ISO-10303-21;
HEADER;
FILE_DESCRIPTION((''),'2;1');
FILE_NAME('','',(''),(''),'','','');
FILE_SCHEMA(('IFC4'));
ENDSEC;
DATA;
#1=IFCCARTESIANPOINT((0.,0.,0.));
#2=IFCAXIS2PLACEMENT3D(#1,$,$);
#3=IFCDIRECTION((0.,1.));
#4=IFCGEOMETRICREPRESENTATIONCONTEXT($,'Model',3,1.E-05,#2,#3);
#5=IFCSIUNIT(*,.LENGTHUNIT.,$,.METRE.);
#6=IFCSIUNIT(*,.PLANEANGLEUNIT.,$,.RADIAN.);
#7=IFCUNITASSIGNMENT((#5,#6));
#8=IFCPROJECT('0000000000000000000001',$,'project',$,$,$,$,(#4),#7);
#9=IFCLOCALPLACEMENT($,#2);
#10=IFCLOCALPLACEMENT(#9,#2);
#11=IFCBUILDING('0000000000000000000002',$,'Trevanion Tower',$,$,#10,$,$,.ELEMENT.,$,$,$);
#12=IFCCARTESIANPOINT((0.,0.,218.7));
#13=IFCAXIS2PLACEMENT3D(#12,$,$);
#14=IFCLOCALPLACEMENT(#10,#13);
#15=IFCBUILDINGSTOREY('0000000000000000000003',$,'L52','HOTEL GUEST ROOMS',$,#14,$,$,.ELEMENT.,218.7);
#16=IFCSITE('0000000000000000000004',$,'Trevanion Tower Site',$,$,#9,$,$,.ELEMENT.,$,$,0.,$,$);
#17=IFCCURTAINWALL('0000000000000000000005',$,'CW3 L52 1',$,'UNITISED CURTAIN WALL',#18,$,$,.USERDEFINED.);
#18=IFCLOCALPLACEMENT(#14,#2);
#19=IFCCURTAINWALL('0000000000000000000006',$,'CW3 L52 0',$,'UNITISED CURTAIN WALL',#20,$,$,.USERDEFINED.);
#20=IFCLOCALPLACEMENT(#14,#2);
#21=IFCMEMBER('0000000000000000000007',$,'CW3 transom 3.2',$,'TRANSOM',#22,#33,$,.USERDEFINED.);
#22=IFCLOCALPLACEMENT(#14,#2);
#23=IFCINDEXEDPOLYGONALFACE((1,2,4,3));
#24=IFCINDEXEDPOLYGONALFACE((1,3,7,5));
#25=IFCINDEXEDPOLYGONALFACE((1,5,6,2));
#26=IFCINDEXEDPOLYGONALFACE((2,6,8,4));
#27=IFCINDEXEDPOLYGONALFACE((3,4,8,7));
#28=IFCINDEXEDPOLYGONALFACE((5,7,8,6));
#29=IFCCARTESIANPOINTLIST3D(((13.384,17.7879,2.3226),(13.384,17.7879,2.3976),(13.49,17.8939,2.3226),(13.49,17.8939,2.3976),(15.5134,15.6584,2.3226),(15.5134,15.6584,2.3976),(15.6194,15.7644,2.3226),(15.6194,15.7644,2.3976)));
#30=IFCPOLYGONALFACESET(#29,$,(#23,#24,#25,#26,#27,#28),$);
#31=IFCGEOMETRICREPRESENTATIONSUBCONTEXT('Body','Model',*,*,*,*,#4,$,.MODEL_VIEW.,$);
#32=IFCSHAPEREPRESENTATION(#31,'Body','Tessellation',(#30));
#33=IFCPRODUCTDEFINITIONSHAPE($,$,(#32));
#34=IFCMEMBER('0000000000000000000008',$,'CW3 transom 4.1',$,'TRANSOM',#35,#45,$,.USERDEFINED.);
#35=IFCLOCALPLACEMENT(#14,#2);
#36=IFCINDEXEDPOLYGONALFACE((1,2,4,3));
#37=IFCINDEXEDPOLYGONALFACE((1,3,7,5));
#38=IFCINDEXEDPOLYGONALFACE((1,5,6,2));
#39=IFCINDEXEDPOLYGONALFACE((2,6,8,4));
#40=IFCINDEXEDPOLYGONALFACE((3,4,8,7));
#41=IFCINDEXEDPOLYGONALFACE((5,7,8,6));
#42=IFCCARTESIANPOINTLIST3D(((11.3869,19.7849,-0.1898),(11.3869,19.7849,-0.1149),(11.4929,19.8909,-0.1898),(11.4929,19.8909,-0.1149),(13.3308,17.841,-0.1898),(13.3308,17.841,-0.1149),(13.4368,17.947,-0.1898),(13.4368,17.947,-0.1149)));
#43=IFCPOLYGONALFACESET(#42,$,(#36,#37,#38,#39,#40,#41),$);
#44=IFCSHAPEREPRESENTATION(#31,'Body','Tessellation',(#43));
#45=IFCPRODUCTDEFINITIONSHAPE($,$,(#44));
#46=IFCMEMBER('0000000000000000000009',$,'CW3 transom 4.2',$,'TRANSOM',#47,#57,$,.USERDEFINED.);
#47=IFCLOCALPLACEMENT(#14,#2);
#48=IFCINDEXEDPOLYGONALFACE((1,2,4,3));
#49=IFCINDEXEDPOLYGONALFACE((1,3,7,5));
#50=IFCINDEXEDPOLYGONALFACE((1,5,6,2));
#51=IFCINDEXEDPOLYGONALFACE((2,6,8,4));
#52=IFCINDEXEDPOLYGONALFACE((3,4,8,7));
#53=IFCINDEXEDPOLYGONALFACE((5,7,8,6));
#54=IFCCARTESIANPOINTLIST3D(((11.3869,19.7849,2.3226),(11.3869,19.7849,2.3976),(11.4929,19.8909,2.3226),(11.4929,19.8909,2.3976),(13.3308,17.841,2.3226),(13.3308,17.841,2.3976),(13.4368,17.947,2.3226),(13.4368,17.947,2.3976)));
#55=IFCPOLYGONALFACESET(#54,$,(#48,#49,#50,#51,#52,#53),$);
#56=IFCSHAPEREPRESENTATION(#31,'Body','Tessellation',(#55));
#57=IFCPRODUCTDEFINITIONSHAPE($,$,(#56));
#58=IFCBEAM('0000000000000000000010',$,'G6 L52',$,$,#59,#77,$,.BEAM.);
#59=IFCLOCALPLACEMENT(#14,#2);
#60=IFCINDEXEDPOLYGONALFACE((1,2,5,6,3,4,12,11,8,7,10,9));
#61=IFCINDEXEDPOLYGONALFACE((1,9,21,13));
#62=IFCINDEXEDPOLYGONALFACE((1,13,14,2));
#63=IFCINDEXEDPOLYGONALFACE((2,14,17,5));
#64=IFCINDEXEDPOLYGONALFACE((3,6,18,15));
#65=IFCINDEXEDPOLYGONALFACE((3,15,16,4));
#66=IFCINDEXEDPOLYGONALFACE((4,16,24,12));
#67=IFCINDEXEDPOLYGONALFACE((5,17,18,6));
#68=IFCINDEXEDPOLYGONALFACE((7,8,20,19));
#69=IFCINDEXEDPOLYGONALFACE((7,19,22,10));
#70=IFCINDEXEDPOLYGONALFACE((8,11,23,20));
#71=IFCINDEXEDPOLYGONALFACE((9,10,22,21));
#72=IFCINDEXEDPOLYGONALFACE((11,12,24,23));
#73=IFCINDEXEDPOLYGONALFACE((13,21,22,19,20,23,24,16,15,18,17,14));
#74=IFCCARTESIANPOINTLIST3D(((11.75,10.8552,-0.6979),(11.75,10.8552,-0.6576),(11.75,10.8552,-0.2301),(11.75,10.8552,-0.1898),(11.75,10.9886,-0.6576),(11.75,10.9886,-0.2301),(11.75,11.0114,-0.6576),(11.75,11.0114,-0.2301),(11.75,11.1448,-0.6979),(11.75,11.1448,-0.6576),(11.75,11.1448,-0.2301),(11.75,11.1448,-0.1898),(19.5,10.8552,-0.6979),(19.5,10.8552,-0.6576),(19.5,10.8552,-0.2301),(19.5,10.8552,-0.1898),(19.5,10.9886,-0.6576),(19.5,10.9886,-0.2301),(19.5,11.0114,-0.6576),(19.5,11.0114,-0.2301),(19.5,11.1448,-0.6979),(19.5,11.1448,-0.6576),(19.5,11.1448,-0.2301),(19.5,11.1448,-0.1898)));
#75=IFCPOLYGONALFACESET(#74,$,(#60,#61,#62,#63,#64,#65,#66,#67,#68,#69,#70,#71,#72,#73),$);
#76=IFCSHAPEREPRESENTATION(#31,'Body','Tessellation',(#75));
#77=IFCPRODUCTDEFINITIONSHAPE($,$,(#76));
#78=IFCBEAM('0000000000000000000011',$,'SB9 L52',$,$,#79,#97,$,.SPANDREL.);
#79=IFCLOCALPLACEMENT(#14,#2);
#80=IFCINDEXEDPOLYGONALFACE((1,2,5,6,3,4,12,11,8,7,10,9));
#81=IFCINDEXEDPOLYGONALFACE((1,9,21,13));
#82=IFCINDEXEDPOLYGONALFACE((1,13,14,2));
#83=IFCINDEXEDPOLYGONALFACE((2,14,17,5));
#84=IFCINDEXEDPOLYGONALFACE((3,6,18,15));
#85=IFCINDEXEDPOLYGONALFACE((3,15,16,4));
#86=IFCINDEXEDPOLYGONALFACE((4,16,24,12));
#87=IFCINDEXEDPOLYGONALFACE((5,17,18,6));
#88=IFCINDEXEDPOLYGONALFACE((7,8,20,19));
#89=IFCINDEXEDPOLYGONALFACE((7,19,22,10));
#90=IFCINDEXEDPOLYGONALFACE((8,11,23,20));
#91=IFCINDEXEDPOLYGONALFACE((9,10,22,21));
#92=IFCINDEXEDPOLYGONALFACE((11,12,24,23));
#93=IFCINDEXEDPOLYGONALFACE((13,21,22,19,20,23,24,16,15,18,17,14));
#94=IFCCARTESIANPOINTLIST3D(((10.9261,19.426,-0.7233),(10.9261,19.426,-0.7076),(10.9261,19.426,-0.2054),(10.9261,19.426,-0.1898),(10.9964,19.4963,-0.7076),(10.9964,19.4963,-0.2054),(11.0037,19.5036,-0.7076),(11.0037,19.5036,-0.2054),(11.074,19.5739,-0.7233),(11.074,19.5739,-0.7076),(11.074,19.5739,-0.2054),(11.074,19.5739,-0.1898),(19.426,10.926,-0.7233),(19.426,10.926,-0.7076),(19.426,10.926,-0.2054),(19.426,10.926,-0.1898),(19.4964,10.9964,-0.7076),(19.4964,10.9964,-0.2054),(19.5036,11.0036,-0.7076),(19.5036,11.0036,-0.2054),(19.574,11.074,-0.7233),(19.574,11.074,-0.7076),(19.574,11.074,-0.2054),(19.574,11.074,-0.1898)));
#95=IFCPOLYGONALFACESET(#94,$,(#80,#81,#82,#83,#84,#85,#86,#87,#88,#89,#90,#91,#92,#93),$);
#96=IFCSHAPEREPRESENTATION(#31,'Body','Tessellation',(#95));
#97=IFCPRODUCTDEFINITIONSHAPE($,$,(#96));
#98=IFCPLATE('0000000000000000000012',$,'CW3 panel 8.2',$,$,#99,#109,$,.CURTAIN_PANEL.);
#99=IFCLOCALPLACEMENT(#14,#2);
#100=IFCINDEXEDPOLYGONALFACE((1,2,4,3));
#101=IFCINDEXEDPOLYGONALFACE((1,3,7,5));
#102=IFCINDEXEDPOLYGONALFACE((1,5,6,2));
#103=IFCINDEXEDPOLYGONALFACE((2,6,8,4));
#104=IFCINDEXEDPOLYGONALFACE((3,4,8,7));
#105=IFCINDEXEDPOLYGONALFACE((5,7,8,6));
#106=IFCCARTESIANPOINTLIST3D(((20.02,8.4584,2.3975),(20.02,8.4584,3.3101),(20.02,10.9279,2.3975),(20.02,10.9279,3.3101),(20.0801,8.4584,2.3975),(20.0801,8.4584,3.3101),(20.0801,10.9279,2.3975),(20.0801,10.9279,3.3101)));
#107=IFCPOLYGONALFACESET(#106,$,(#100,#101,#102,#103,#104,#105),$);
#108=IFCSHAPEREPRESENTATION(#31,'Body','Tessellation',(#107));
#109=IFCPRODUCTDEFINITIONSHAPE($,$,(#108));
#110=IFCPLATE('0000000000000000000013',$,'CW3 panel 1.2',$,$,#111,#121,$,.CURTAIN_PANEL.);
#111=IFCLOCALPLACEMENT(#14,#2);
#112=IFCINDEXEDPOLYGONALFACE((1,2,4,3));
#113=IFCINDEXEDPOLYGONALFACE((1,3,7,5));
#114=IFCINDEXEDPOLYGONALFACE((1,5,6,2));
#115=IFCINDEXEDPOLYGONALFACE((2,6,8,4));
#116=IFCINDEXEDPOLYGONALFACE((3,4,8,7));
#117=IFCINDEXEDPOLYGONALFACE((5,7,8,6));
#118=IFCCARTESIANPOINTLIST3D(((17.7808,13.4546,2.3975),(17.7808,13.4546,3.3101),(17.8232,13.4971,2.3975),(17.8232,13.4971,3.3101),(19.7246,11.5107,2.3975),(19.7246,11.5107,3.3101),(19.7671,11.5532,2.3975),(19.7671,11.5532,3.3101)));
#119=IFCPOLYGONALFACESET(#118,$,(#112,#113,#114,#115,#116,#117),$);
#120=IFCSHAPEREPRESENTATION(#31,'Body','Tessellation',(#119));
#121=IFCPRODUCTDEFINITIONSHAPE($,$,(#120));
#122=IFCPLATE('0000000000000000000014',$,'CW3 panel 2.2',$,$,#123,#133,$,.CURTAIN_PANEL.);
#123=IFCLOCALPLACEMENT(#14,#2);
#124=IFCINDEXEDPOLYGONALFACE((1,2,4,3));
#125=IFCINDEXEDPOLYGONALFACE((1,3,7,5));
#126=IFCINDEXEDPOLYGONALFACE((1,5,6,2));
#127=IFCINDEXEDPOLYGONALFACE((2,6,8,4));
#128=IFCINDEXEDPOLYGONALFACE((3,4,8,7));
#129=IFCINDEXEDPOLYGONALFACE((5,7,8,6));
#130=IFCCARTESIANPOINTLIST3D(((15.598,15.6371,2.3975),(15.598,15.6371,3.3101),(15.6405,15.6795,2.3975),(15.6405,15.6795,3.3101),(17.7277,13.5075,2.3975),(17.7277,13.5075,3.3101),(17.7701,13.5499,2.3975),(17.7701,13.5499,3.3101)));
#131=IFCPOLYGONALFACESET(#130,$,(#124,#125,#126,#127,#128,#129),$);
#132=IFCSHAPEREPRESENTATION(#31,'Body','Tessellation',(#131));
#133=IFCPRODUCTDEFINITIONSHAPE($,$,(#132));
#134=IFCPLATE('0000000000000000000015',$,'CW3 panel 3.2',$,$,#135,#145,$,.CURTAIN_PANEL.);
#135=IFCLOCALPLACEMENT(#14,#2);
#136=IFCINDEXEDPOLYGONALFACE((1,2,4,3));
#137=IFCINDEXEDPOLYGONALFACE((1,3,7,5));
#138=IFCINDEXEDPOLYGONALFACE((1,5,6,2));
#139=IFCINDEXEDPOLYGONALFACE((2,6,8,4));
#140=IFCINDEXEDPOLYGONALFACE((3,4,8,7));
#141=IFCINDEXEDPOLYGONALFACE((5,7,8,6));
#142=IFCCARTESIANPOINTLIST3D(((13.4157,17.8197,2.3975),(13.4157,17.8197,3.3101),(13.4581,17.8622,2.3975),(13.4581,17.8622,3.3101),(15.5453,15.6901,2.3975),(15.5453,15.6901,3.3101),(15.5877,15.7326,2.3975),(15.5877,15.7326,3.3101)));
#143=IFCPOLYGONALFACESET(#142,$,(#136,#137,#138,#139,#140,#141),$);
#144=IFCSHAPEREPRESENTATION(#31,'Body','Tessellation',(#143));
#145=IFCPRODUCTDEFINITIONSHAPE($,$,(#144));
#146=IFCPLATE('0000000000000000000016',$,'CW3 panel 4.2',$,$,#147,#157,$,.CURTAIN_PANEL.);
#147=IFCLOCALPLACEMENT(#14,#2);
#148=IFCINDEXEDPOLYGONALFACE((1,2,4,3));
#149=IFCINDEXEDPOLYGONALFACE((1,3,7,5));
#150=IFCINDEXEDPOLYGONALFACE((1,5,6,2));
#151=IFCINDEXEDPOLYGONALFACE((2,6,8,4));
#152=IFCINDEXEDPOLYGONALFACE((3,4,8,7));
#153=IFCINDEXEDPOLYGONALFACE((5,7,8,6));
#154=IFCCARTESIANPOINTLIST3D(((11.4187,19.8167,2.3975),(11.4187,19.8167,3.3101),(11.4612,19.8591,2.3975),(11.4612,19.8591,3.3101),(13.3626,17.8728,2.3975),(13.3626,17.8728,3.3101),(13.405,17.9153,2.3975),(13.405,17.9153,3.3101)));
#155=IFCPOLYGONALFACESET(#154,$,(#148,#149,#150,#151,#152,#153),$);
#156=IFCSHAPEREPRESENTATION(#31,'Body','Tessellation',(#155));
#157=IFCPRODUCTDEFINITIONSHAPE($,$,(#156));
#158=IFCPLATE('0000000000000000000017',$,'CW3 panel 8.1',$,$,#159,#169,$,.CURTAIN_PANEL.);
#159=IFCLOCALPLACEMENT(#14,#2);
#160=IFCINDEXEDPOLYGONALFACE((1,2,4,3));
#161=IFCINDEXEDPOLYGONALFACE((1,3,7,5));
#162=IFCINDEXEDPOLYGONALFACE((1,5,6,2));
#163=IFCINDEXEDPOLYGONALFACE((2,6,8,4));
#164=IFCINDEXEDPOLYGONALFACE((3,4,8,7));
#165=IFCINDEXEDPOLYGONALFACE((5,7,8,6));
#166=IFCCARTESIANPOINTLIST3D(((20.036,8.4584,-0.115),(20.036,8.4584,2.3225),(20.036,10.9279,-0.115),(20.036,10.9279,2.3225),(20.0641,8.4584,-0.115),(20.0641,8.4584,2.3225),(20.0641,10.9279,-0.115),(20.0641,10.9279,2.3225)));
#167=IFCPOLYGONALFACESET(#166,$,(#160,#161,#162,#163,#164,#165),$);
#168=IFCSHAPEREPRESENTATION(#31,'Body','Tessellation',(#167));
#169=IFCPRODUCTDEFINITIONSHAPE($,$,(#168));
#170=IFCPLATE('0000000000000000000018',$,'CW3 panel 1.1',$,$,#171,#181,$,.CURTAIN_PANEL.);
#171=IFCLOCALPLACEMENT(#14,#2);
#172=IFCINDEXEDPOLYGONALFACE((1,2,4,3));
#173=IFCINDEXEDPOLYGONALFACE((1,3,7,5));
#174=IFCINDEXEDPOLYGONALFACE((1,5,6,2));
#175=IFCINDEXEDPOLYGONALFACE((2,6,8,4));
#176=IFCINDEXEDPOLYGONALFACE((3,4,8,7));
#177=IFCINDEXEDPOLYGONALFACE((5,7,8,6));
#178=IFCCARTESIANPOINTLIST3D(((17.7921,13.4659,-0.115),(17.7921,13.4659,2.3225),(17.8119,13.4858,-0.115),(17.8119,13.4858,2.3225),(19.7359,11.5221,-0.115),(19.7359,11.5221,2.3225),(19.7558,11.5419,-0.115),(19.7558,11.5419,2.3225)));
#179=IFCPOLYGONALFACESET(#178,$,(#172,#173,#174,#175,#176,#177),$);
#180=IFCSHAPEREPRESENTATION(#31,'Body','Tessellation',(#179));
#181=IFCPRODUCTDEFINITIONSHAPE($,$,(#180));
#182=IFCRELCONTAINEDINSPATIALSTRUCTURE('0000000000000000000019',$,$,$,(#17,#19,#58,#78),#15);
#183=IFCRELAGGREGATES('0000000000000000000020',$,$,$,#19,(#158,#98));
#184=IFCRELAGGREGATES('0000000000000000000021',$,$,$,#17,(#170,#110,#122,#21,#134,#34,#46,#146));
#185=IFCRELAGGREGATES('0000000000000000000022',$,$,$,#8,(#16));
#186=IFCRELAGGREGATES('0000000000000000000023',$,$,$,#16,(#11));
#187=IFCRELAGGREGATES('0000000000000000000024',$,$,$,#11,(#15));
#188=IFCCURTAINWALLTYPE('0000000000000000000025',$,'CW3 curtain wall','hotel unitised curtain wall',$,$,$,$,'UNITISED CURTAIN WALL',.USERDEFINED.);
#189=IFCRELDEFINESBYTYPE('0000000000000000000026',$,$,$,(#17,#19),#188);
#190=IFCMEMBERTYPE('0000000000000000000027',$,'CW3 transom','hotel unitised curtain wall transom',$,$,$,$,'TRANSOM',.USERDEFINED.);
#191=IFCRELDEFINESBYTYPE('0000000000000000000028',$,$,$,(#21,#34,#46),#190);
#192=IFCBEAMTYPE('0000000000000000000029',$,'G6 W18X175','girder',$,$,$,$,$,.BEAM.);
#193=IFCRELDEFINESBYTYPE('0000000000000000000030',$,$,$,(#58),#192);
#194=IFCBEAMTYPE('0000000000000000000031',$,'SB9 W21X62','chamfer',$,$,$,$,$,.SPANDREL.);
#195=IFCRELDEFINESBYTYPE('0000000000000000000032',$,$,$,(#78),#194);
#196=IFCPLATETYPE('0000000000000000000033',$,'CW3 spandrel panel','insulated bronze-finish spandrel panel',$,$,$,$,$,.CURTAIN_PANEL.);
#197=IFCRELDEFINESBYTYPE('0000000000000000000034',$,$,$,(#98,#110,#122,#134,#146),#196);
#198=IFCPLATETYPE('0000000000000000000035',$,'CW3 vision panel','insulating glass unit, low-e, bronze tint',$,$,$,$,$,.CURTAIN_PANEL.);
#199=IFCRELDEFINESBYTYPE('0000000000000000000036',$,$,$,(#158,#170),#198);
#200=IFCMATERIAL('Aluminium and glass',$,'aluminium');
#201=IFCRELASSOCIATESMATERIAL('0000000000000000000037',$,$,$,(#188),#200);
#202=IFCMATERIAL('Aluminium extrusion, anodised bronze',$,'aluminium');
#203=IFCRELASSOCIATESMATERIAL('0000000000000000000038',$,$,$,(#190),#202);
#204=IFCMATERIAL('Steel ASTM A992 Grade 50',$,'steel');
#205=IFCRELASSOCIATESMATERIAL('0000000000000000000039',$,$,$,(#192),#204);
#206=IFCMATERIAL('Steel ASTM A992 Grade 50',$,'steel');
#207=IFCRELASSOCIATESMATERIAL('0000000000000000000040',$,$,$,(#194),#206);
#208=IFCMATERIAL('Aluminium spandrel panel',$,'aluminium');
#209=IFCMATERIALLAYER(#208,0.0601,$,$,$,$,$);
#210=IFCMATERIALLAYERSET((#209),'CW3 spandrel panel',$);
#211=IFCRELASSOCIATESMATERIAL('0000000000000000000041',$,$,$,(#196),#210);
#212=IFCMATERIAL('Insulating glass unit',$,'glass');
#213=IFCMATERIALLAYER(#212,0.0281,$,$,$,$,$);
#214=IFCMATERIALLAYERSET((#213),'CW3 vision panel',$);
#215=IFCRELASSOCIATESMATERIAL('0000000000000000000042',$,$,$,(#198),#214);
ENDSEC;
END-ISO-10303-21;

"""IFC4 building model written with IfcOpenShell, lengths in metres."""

from ifc_helpers import new_model, si_unit, direction, frame, origin, origin_2d, place, context, subcontext, project, spatial, rectangle, i_section, extrude, material, layer, layer_set, material_profile, profile_set, type_object, element, aggregate, save


model = new_model("IFC4")

# Units and contexts
model_context = context("Model", 3, precision=1e-05, world=origin(), true_north=direction((0.0, 1.0)))
body_context = subcontext(model_context, "Body", "Model", "MODEL_VIEW")
ifc_project = project(units=[si_unit("LENGTHUNIT", "METRE"), si_unit("PLANEANGLEUNIT", "RADIAN")], contexts=[model_context])

# Site, building, storey
site_placement = place(None, origin())
site = spatial("IfcSite", under=ifc_project, at=site_placement, Name="Trevanion Tower Site", CompositionType="ELEMENT", RefElevation=0.0)
building_placement = place(site_placement, origin())
building = spatial("IfcBuilding", under=site, at=building_placement, Name="Trevanion Tower", CompositionType="ELEMENT")
storey_placement = place(building_placement, frame((0.0, 0.0, 218.7)))
storey = spatial("IfcBuildingStorey", under=building, at=storey_placement, Name="L52", Description="HOTEL GUEST ROOMS", CompositionType="ELEMENT", Elevation=218.7)

# Curtain wall
ifc_material_1 = material(Name="Aluminium and glass", Category="aluminium")
curtain_wall_type = type_object("IfcCurtainWallType", Name="CW3 curtain wall", Description="hotel unitised curtain wall", ElementType="UNITISED CURTAIN WALL", PredefinedType="USERDEFINED", material=ifc_material_1)
curtain_wall_1_placement = place(storey_placement, origin())
curtain_wall_1 = element("IfcCurtainWall", 1, at=curtain_wall_1_placement, inside=storey, type_object=curtain_wall_type, Name="CW3 L52 1", ObjectType="UNITISED CURTAIN WALL", PredefinedType="USERDEFINED")

# Curtain wall
curtain_wall_2_placement = place(storey_placement, origin())
curtain_wall_2 = element("IfcCurtainWall", 2, at=curtain_wall_2_placement, inside=storey, type_object=curtain_wall_type, Name="CW3 L52 0", ObjectType="UNITISED CURTAIN WALL", PredefinedType="USERDEFINED")

# Members
ifc_material_2 = material(Name="Aluminium extrusion, anodised bronze", Category="aluminium")
ifc_material_profile_1 = material_profile(ifc_material_2, rectangle(XDim=0.1499, YDim=0.075, at=origin_2d()), Name="CW3 transom")
ifc_profile_set_1 = profile_set([ifc_material_profile_1], Name="Aluminium extrusion, anodised bronze")
member_type_1 = type_object("IfcMemberType", Name="CW3 transom", Description="hotel unitised curtain wall transom", ElementType="TRANSOM", PredefinedType="USERDEFINED", material=ifc_profile_set_1)
member_1_placement = place(storey_placement, frame((15.5664, 15.7114, 2.3601), z_axis=(-0.707107, 0.707107, 0.0), x_axis=(-0.707107, -0.707107, 0.0)))
member_1 = element("IfcMember", 3, at=member_1_placement, type_object=member_type_1, Name="CW3 transom 3.2", ObjectType="TRANSOM", PredefinedType="USERDEFINED", context=body_context, shape_type="SweptSolid", body=[
    extrude(rectangle(XDim=0.1499, YDim=0.075, at=origin_2d()), origin(), (0.0, 0.0, 1.0), 3.0115),
])
member_2_placement = place(storey_placement, frame((13.3838, 17.894, -0.1523), z_axis=(-0.707107, 0.707107, 0.0), x_axis=(-0.707107, -0.707107, 0.0)))
member_2 = element("IfcMember", 4, at=member_2_placement, type_object=member_type_1, Name="CW3 transom 4.1", ObjectType="TRANSOM", PredefinedType="USERDEFINED", context=body_context, shape_type="SweptSolid", body=[
    extrude(rectangle(XDim=0.1499, YDim=0.075, at=origin_2d()), origin(), (0.0, 0.0, 1.0), 2.749),
])
member_3_placement = place(storey_placement, frame((13.3838, 17.894, 2.3601), z_axis=(-0.707107, 0.707107, 0.0), x_axis=(-0.707107, -0.707107, 0.0)))
member_3 = element("IfcMember", 5, at=member_3_placement, type_object=member_type_1, Name="CW3 transom 4.2", ObjectType="TRANSOM", PredefinedType="USERDEFINED", context=body_context, shape_type="SweptSolid", body=[
    extrude(rectangle(XDim=0.1499, YDim=0.075, at=origin_2d()), origin(), (0.0, 0.0, 1.0), 2.749),
])

# Beams
ifc_material_3 = material(Name="Steel ASTM A992 Grade 50", Category="steel")
ifc_material_profile_2 = material_profile(ifc_material_3, i_section(OverallWidth=0.2896, OverallDepth=0.5081, WebThickness=0.0227, FlangeThickness=0.0403, at=origin_2d()), Name="W18X175")
ifc_profile_set_2 = profile_set([ifc_material_profile_2], Name="Steel ASTM A992 Grade 50")
beam_type_1 = type_object("IfcBeamType", Name="G6 W18X175", Description="girder", PredefinedType="BEAM", material=ifc_profile_set_2)
beam_1_placement = place(storey_placement, frame((11.75, 11.0, -0.4438), z_axis=(1.0, 0.0, 0.0), x_axis=(0.0, 1.0, 0.0)))
element("IfcBeam", 6, at=beam_1_placement, inside=storey, type_object=beam_type_1, Name="G6 L52", PredefinedType="BEAM", context=body_context, shape_type="SweptSolid", body=[
    extrude(i_section(OverallWidth=0.2896, OverallDepth=0.5081, WebThickness=0.0227, FlangeThickness=0.0403, at=origin_2d()), origin(), (0.0, 0.0, 1.0), 7.75),
])
ifc_material_4 = material(Name="Steel ASTM A992 Grade 50", Category="steel")
ifc_material_profile_3 = material_profile(ifc_material_4, i_section(OverallWidth=0.2092, OverallDepth=0.5334, WebThickness=0.0103, FlangeThickness=0.0156, at=origin_2d()), Name="W21X62")
ifc_profile_set_3 = profile_set([ifc_material_profile_3], Name="Steel ASTM A992 Grade 50")
beam_type_2 = type_object("IfcBeamType", Name="SB9 W21X62", Description="chamfer", PredefinedType="SPANDREL", material=ifc_profile_set_3)
beam_2_placement = place(storey_placement, frame((19.5, 11.0, -0.4565), z_axis=(-0.707107, 0.707107, 0.0), x_axis=(-0.707107, -0.707107, 0.0)))
element("IfcBeam", 7, at=beam_2_placement, inside=storey, type_object=beam_type_2, Name="SB9 L52", PredefinedType="SPANDREL", context=body_context, shape_type="SweptSolid", body=[
    extrude(i_section(OverallWidth=0.2092, OverallDepth=0.5334, WebThickness=0.0103, FlangeThickness=0.0156, at=origin_2d()), origin(), (0.0, 0.0, 1.0), 12.0208),
])

# Plates
ifc_material_5 = material(Name="Aluminium spandrel panel", Category="aluminium")
ifc_layer_1 = layer(ifc_material_5, 0.0601)
ifc_layer_set_1 = layer_set([ifc_layer_1], Name="CW3 spandrel panel")
plate_type_1 = type_object("IfcPlateType", Name="CW3 spandrel panel", Description="insulated bronze-finish spandrel panel", PredefinedType="CURTAIN_PANEL", material=ifc_layer_set_1)
plate_1_placement = place(storey_placement, frame((20.05, 9.6931, 2.3975), z_axis=(0.0, 0.0, 1.0), x_axis=(0.0, 1.0, 0.0)))
plate_1 = element("IfcPlate", 8, at=plate_1_placement, type_object=plate_type_1, Name="CW3 panel 8.2", PredefinedType="CURTAIN_PANEL", context=body_context, shape_type="SweptSolid", body=[
    extrude(rectangle(XDim=2.4695, YDim=0.0601, at=origin_2d()), origin(), (0.0, 0.0, 1.0), 0.9126),
])
plate_2_placement = place(storey_placement, frame((18.7739, 12.5039, 2.3975), z_axis=(0.0, 0.0, 1.0), x_axis=(-0.707107, 0.707107, 0.0)))
plate_2 = element("IfcPlate", 9, at=plate_2_placement, type_object=plate_type_1, Name="CW3 panel 1.2", PredefinedType="CURTAIN_PANEL", context=body_context, shape_type="SweptSolid", body=[
    extrude(rectangle(XDim=2.749, YDim=0.0601, at=origin_2d()), origin(), (0.0, 0.0, 1.0), 0.9126),
])
plate_3_placement = place(storey_placement, frame((16.6841, 14.5935, 2.3975), z_axis=(0.0, 0.0, 1.0), x_axis=(-0.707107, 0.707107, 0.0)))
plate_3 = element("IfcPlate", 10, at=plate_3_placement, type_object=plate_type_1, Name="CW3 panel 2.2", PredefinedType="CURTAIN_PANEL", context=body_context, shape_type="SweptSolid", body=[
    extrude(rectangle(XDim=3.0117, YDim=0.0601, at=origin_2d()), origin(), (0.0, 0.0, 1.0), 0.9126),
])
plate_4_placement = place(storey_placement, frame((14.5017, 16.7761, 2.3975), z_axis=(0.0, 0.0, 1.0), x_axis=(-0.707107, 0.707107, 0.0)))
plate_4 = element("IfcPlate", 11, at=plate_4_placement, type_object=plate_type_1, Name="CW3 panel 3.2", PredefinedType="CURTAIN_PANEL", context=body_context, shape_type="SweptSolid", body=[
    extrude(rectangle(XDim=3.0117, YDim=0.0601, at=origin_2d()), origin(), (0.0, 0.0, 1.0), 0.9126),
])
plate_5_placement = place(storey_placement, frame((12.4119, 18.866, 2.3975), z_axis=(0.0, 0.0, 1.0), x_axis=(-0.707107, 0.707107, 0.0)))
plate_5 = element("IfcPlate", 12, at=plate_5_placement, type_object=plate_type_1, Name="CW3 panel 4.2", PredefinedType="CURTAIN_PANEL", context=body_context, shape_type="SweptSolid", body=[
    extrude(rectangle(XDim=2.749, YDim=0.0601, at=origin_2d()), origin(), (0.0, 0.0, 1.0), 0.9126),
])
ifc_material_6 = material(Name="Insulating glass unit", Category="glass")
ifc_layer_2 = layer(ifc_material_6, 0.0281)
ifc_layer_set_2 = layer_set([ifc_layer_2], Name="CW3 vision panel")
plate_type_2 = type_object("IfcPlateType", Name="CW3 vision panel", Description="insulating glass unit, low-e, bronze tint", PredefinedType="CURTAIN_PANEL", material=ifc_layer_set_2)
plate_6_placement = place(storey_placement, frame((20.05, 9.6931, -0.115), z_axis=(0.0, 0.0, 1.0), x_axis=(0.0, 1.0, 0.0)))
plate_6 = element("IfcPlate", 13, at=plate_6_placement, type_object=plate_type_2, Name="CW3 panel 8.1", PredefinedType="CURTAIN_PANEL", context=body_context, shape_type="SweptSolid", body=[
    extrude(rectangle(XDim=2.4695, YDim=0.0281, at=origin_2d()), origin(), (0.0, 0.0, 1.0), 2.4375),
])
aggregate(curtain_wall_2, [plate_6, plate_1])
plate_7_placement = place(storey_placement, frame((18.7739, 12.5039, -0.115), z_axis=(0.0, 0.0, 1.0), x_axis=(-0.707107, 0.707107, 0.0)))
plate_7 = element("IfcPlate", 14, at=plate_7_placement, type_object=plate_type_2, Name="CW3 panel 1.1", PredefinedType="CURTAIN_PANEL", context=body_context, shape_type="SweptSolid", body=[
    extrude(rectangle(XDim=2.749, YDim=0.0281, at=origin_2d()), origin(), (0.0, 0.0, 1.0), 2.4375),
])
aggregate(curtain_wall_1, [plate_7, plate_2, plate_3, member_1, plate_4, member_2, member_3, plate_5])

save(model, "model.ifc")
